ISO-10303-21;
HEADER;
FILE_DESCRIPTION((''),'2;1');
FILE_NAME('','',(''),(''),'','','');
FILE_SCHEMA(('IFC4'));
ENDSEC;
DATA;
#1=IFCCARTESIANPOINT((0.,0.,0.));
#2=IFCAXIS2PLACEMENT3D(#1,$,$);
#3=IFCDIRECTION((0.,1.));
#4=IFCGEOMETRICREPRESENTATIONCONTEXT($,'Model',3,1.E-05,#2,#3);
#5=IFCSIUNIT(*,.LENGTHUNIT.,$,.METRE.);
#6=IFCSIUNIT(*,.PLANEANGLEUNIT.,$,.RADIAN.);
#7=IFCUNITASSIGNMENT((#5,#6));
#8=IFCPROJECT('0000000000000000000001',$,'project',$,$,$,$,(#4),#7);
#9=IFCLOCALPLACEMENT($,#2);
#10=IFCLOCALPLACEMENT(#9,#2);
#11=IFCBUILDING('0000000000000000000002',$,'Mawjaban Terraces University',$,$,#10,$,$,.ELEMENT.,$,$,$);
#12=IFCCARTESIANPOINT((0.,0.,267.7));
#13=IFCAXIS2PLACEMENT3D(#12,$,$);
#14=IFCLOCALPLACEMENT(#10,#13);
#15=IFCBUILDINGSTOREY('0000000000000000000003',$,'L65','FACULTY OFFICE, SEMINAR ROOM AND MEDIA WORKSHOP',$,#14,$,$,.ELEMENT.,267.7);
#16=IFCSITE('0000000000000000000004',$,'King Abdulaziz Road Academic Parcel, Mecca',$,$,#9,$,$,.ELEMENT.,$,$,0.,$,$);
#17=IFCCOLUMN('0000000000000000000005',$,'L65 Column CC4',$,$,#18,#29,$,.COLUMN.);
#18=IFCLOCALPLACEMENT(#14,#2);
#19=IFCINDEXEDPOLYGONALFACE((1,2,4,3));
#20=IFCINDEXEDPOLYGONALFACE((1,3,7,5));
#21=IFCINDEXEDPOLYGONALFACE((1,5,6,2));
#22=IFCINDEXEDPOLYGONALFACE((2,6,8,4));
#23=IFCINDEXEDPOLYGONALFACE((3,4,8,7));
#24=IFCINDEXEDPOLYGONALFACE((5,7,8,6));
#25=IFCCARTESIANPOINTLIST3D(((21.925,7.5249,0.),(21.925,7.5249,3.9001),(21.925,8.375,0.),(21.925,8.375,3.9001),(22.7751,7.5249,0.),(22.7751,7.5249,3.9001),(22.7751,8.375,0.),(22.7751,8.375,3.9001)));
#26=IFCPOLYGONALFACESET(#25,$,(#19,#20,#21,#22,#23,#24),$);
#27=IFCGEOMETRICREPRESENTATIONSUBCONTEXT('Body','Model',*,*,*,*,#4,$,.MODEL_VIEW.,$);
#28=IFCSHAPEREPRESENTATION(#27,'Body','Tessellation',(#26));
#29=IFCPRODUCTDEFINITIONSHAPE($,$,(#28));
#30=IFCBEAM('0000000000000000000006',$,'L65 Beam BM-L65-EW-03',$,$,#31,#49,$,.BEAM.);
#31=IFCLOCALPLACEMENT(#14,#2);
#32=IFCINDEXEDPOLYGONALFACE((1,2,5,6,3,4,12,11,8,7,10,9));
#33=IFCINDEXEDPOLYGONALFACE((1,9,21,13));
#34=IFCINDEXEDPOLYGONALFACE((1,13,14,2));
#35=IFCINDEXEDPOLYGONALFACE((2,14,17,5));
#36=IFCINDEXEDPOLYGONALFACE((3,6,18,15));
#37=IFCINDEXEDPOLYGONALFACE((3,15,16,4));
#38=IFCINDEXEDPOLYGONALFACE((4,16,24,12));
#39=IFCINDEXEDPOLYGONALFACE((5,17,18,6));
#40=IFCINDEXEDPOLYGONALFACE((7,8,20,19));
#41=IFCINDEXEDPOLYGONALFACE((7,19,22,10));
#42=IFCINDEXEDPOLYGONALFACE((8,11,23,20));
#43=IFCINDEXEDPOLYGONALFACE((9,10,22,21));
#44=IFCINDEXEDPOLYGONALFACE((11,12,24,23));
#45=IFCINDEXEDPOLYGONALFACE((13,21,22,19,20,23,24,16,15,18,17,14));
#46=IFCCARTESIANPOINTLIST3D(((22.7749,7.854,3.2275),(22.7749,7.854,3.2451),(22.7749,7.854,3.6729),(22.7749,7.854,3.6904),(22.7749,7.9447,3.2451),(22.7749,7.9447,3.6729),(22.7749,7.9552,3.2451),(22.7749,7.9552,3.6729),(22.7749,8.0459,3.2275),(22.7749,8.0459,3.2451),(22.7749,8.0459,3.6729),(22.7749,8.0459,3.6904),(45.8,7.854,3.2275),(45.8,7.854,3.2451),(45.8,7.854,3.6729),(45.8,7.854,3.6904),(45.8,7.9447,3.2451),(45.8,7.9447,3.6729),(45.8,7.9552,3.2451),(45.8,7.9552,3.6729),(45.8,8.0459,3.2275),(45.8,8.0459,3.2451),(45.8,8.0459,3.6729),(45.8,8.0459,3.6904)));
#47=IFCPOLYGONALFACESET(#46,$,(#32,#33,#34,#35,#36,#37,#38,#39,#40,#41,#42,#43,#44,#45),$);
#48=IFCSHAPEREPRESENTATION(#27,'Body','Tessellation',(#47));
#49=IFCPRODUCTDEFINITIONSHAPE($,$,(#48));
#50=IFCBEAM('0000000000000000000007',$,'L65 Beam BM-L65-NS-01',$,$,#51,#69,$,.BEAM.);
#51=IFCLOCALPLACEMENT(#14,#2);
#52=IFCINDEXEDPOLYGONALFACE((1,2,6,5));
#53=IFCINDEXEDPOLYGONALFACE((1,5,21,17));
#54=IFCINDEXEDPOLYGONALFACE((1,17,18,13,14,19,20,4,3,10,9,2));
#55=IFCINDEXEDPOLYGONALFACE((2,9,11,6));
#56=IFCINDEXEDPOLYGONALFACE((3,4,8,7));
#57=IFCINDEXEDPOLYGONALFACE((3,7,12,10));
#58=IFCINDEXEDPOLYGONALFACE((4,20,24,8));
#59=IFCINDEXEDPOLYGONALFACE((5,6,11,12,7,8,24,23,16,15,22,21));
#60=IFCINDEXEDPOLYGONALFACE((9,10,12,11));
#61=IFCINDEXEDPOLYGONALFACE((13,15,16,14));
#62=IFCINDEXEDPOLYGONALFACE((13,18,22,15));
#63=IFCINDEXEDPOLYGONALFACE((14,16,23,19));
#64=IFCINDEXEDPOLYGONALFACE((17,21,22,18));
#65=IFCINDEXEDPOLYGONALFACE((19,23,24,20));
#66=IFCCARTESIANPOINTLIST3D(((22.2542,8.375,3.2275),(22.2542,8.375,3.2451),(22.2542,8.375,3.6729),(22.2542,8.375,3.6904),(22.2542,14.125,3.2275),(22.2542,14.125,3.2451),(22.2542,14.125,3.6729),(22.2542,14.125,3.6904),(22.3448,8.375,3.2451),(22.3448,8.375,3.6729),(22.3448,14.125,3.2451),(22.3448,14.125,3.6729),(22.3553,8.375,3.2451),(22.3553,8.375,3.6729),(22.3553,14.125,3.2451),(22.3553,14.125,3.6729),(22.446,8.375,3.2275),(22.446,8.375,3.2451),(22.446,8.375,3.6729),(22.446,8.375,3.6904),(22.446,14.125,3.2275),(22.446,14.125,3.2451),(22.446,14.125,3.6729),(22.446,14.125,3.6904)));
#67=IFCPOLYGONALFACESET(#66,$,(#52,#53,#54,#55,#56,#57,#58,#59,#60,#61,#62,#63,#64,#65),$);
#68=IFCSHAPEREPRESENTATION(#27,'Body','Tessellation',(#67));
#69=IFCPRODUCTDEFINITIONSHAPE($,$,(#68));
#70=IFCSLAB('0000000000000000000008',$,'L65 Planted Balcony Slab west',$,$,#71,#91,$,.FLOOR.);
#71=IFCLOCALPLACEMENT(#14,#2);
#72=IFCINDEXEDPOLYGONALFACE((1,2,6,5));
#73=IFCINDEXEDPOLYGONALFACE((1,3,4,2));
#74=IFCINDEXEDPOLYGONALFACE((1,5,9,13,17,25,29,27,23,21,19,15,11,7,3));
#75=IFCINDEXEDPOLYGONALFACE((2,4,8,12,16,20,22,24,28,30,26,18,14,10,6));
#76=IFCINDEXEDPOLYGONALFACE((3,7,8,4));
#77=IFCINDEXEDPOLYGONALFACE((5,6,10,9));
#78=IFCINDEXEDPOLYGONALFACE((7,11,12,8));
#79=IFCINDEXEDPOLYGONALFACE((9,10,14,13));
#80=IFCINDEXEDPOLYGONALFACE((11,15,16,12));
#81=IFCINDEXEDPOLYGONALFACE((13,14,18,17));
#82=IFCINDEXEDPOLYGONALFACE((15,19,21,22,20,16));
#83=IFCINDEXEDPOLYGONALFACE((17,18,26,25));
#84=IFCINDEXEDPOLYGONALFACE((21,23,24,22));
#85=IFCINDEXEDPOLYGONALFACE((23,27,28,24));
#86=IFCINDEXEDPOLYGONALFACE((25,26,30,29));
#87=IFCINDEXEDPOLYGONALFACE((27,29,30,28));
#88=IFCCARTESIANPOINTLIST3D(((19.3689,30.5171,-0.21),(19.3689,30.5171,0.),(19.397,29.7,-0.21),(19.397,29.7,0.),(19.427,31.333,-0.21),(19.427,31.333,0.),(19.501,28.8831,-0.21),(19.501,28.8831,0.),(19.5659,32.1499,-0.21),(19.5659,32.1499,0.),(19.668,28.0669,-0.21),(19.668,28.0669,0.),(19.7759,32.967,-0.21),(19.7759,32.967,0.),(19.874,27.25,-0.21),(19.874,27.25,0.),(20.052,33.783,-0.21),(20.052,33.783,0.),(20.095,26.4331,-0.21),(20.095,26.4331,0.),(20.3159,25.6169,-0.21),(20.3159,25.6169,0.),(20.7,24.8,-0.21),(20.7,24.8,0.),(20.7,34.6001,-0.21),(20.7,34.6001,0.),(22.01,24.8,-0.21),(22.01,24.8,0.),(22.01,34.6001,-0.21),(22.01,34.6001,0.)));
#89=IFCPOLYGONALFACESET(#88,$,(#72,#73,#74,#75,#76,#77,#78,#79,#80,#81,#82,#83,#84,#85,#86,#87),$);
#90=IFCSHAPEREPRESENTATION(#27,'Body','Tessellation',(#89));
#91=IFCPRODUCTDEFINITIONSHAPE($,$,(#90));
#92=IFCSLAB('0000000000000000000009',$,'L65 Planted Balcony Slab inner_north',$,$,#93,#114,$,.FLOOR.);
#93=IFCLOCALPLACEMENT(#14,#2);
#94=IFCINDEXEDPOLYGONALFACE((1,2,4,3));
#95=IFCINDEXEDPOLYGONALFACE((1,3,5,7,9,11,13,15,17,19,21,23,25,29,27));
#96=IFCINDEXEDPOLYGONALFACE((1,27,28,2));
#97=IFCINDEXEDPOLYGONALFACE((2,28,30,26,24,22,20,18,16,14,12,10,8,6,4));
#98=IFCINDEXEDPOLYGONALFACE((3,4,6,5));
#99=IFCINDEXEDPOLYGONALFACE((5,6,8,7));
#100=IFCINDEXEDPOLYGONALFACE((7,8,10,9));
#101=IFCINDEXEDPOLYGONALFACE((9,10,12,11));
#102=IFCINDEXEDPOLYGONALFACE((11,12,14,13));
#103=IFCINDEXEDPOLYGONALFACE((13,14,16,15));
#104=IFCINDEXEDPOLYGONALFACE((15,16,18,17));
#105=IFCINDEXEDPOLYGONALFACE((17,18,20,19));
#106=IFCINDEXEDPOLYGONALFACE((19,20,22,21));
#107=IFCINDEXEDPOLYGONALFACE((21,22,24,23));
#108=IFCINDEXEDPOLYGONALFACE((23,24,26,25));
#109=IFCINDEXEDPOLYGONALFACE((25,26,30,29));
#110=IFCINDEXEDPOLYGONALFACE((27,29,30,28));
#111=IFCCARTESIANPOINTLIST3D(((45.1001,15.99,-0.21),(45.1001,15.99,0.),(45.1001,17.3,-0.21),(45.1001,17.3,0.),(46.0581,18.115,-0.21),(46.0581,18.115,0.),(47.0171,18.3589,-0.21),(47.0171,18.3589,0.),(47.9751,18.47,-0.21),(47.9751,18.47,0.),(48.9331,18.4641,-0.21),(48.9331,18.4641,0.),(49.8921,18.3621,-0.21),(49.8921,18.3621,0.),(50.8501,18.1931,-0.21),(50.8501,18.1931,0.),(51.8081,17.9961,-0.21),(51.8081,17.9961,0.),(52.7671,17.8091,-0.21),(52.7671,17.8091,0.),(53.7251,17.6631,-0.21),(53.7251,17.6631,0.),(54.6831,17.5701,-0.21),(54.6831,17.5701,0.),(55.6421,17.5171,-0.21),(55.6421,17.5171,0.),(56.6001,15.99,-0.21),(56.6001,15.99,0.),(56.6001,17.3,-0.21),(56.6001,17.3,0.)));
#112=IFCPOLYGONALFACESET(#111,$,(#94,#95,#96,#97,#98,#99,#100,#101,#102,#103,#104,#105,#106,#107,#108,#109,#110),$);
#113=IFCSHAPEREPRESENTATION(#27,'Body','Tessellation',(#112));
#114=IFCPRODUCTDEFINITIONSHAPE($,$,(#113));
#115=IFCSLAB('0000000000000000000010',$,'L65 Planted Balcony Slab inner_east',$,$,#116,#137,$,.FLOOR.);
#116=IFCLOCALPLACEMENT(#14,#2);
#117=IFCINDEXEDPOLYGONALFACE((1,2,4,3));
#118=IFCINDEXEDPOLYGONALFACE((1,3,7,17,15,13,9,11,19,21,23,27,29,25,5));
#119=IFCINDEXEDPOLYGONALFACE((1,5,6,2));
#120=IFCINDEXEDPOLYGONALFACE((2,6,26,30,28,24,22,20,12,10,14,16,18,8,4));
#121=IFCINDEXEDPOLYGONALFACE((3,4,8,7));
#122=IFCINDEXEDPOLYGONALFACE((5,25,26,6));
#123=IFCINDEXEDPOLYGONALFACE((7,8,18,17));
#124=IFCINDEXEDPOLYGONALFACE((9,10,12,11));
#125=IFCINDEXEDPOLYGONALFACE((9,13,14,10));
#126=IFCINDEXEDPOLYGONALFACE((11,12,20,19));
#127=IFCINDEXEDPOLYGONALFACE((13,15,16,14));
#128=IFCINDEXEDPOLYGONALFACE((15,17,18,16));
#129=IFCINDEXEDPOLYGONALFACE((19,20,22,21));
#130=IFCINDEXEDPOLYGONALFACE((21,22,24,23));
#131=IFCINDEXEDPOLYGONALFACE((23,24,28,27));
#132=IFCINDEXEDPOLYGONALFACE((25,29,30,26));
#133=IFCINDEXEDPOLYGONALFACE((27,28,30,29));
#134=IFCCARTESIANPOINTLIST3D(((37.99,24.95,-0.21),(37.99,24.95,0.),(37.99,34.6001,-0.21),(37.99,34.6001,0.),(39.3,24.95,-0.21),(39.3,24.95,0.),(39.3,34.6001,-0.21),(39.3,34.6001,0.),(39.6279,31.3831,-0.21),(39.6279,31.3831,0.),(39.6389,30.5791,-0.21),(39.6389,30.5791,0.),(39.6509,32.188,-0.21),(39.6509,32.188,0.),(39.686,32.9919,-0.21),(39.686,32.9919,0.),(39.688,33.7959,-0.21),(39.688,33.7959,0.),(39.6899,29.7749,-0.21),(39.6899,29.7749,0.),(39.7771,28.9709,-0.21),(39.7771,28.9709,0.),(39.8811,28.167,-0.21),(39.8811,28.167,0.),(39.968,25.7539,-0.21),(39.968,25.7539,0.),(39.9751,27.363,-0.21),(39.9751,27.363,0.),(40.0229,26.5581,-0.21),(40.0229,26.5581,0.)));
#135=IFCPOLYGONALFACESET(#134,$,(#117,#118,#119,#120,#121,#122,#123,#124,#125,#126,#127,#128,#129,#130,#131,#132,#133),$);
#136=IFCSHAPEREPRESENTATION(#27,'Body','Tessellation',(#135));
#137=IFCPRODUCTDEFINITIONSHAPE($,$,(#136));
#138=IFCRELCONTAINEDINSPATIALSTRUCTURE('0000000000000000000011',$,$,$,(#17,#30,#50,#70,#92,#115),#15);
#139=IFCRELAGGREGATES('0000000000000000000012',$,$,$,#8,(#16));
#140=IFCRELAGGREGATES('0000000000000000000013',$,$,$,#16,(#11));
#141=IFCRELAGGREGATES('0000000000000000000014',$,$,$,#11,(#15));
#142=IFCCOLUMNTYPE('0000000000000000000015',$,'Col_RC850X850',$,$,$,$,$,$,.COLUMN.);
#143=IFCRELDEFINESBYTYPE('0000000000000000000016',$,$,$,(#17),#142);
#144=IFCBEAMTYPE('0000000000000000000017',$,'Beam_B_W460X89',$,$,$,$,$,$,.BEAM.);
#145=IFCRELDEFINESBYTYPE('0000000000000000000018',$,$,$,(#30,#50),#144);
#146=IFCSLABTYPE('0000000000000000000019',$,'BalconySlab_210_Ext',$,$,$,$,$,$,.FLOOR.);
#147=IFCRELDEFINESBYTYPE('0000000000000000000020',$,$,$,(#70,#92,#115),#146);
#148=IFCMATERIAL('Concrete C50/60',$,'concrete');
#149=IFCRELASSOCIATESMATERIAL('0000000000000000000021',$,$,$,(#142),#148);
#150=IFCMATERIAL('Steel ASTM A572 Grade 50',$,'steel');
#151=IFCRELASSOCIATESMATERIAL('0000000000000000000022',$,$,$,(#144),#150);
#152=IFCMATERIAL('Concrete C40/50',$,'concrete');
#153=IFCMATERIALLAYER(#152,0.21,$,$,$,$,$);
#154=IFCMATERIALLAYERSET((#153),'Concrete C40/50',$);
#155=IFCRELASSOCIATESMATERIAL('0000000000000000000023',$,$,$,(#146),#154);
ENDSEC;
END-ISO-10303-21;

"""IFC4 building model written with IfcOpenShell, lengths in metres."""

from ifc_helpers import new_model, si_unit, direction, frame, origin, origin_2d, place, context, subcontext, project, spatial, polyline, rectangle, i_section, outline, extrude, material, layer, layer_set, material_profile, profile_set, type_object, element, save


model = new_model("IFC4")

# Units and contexts
model_context = context("Model", 3, precision=1e-05, world=origin(), true_north=direction((0.0, 1.0)))
body_context = subcontext(model_context, "Body", "Model", "MODEL_VIEW")
ifc_project = project(units=[si_unit("LENGTHUNIT", "METRE"), si_unit("PLANEANGLEUNIT", "RADIAN")], contexts=[model_context])

# Site, building, storey
site_placement = place(None, origin())
site = spatial("IfcSite", under=ifc_project, at=site_placement, Name="King Abdulaziz Road Academic Parcel, Mecca", CompositionType="ELEMENT", RefElevation=0.0)
building_placement = place(site_placement, origin())
building = spatial("IfcBuilding", under=site, at=building_placement, Name="Mawjaban Terraces University", CompositionType="ELEMENT")
storey_placement = place(building_placement, frame((0.0, 0.0, 267.7)))
storey = spatial("IfcBuildingStorey", under=building, at=storey_placement, Name="L65", Description="FACULTY OFFICE, SEMINAR ROOM AND MEDIA WORKSHOP", CompositionType="ELEMENT", Elevation=267.7)

# Column
ifc_material_1 = material(Name="Concrete C50/60", Category="concrete")
ifc_material_profile_1 = material_profile(ifc_material_1, rectangle(XDim=0.8501, YDim=0.8501, at=origin_2d()), Name="RC850X850")
ifc_profile_set_1 = profile_set([ifc_material_profile_1], Name="Concrete C50/60")
column_type = type_object("IfcColumnType", Name="Col_RC850X850", PredefinedType="COLUMN", material=ifc_profile_set_1)
column_placement = place(storey_placement, frame((22.3501, 7.95, 0.0), z_axis=(0.0, 0.0, 1.0), x_axis=(1.0, 0.0, 0.0)))
element("IfcColumn", 1, at=column_placement, inside=storey, type_object=column_type, Name="L65 Column CC4", PredefinedType="COLUMN", context=body_context, shape_type="SweptSolid", body=[
    extrude(rectangle(XDim=0.8501, YDim=0.8501, at=origin_2d()), origin(), (0.0, 0.0, 1.0), 3.9001),
])

# Beams
ifc_material_2 = material(Name="Steel ASTM A572 Grade 50", Category="steel")
ifc_material_profile_2 = material_profile(ifc_material_2, i_section(OverallWidth=0.1919, OverallDepth=0.4629, WebThickness=0.0105, FlangeThickness=0.0176, at=origin_2d()), Name="W460X89")
ifc_profile_set_2 = profile_set([ifc_material_profile_2], Name="Steel ASTM A572 Grade 50")
beam_type = type_object("IfcBeamType", Name="Beam_B_W460X89", PredefinedType="BEAM", material=ifc_profile_set_2)
beam_1_placement = place(storey_placement, frame((22.7749, 7.95, 3.459), z_axis=(1.0, 0.0, 0.0), x_axis=(0.0, 1.0, 0.0)))
element("IfcBeam", 2, at=beam_1_placement, inside=storey, type_object=beam_type, Name="L65 Beam BM-L65-EW-03", PredefinedType="BEAM", context=body_context, shape_type="SweptSolid", body=[
    extrude(i_section(OverallWidth=0.1919, OverallDepth=0.4629, WebThickness=0.0105, FlangeThickness=0.0176, at=origin_2d()), origin(), (0.0, 0.0, 1.0), 23.0251),
])
beam_2_placement = place(storey_placement, frame((22.3501, 8.375, 3.459), z_axis=(0.0, 1.0, 0.0), x_axis=(-1.0, 0.0, 0.0)))
element("IfcBeam", 3, at=beam_2_placement, inside=storey, type_object=beam_type, Name="L65 Beam BM-L65-NS-01", PredefinedType="BEAM", context=body_context, shape_type="SweptSolid", body=[
    extrude(i_section(OverallWidth=0.1919, OverallDepth=0.4629, WebThickness=0.0105, FlangeThickness=0.0176, at=origin_2d()), origin(), (0.0, 0.0, 1.0), 5.75),
])

# Slabs
ifc_material_3 = material(Name="Concrete C40/50", Category="concrete")
ifc_layer_1 = layer(ifc_material_3, 0.21)
ifc_layer_set_1 = layer_set([ifc_layer_1], Name="Concrete C40/50")
slab_type_1 = type_object("IfcSlabType", Name="BalconySlab_210_Ext", PredefinedType="FLOOR", material=ifc_layer_set_1)
slab_1_placement = place(storey_placement, frame((0.0, 0.0, -0.21)))
element("IfcSlab", 4, at=slab_1_placement, inside=storey, type_object=slab_type_1, Name="L65 Planted Balcony Slab west", PredefinedType="FLOOR", context=body_context, shape_type="SweptSolid", body=[
    extrude(outline(polyline([(22.01, 24.8), (22.01, 34.6001), (20.7, 34.6001), (20.052, 33.783), (19.7759, 32.967), (19.5659, 32.1499), (19.427, 31.333), (19.3689, 30.5171), (19.397, 29.7), (19.501, 28.8831), (19.668, 28.0669), (19.874, 27.25), (20.095, 26.4331), (20.3159, 25.6169), (20.7, 24.8), (22.01, 24.8)])), origin(), (0.0, 0.0, 1.0), 0.21),
])
slab_2_placement = place(storey_placement, frame((0.0, 0.0, -0.21)))
element("IfcSlab", 5, at=slab_2_placement, inside=storey, type_object=slab_type_1, Name="L65 Planted Balcony Slab inner_north", PredefinedType="FLOOR", context=body_context, shape_type="SweptSolid", body=[
    extrude(outline(polyline([(45.1001, 15.99), (56.6001, 15.99), (56.6001, 17.3), (55.6421, 17.5171), (54.6831, 17.5701), (53.7251, 17.6631), (52.7671, 17.8091), (51.8081, 17.9961), (50.8501, 18.1931), (49.8921, 18.3621), (48.9331, 18.4641), (47.9751, 18.47), (47.0171, 18.3589), (46.0581, 18.115), (45.1001, 17.3), (45.1001, 15.99)])), origin(), (0.0, 0.0, 1.0), 0.21),
])
slab_3_placement = place(storey_placement, frame((0.0, 0.0, -0.21)))
element("IfcSlab", 6, at=slab_3_placement, inside=storey, type_object=slab_type_1, Name="L65 Planted Balcony Slab inner_east", PredefinedType="FLOOR", context=body_context, shape_type="SweptSolid", body=[
    extrude(outline(polyline([(39.3, 24.95), (39.968, 25.7539), (40.0229, 26.5581), (39.9751, 27.363), (39.8811, 28.167), (39.7771, 28.9709), (39.6899, 29.7749), (39.6389, 30.5791), (39.6279, 31.3831), (39.6509, 32.188), (39.686, 32.9919), (39.688, 33.7959), (39.3, 34.6001), (37.99, 34.6001), (37.99, 24.95), (39.3, 24.95)])), origin(), (0.0, 0.0, 1.0), 0.21),
])

save(model, "model.ifc")
